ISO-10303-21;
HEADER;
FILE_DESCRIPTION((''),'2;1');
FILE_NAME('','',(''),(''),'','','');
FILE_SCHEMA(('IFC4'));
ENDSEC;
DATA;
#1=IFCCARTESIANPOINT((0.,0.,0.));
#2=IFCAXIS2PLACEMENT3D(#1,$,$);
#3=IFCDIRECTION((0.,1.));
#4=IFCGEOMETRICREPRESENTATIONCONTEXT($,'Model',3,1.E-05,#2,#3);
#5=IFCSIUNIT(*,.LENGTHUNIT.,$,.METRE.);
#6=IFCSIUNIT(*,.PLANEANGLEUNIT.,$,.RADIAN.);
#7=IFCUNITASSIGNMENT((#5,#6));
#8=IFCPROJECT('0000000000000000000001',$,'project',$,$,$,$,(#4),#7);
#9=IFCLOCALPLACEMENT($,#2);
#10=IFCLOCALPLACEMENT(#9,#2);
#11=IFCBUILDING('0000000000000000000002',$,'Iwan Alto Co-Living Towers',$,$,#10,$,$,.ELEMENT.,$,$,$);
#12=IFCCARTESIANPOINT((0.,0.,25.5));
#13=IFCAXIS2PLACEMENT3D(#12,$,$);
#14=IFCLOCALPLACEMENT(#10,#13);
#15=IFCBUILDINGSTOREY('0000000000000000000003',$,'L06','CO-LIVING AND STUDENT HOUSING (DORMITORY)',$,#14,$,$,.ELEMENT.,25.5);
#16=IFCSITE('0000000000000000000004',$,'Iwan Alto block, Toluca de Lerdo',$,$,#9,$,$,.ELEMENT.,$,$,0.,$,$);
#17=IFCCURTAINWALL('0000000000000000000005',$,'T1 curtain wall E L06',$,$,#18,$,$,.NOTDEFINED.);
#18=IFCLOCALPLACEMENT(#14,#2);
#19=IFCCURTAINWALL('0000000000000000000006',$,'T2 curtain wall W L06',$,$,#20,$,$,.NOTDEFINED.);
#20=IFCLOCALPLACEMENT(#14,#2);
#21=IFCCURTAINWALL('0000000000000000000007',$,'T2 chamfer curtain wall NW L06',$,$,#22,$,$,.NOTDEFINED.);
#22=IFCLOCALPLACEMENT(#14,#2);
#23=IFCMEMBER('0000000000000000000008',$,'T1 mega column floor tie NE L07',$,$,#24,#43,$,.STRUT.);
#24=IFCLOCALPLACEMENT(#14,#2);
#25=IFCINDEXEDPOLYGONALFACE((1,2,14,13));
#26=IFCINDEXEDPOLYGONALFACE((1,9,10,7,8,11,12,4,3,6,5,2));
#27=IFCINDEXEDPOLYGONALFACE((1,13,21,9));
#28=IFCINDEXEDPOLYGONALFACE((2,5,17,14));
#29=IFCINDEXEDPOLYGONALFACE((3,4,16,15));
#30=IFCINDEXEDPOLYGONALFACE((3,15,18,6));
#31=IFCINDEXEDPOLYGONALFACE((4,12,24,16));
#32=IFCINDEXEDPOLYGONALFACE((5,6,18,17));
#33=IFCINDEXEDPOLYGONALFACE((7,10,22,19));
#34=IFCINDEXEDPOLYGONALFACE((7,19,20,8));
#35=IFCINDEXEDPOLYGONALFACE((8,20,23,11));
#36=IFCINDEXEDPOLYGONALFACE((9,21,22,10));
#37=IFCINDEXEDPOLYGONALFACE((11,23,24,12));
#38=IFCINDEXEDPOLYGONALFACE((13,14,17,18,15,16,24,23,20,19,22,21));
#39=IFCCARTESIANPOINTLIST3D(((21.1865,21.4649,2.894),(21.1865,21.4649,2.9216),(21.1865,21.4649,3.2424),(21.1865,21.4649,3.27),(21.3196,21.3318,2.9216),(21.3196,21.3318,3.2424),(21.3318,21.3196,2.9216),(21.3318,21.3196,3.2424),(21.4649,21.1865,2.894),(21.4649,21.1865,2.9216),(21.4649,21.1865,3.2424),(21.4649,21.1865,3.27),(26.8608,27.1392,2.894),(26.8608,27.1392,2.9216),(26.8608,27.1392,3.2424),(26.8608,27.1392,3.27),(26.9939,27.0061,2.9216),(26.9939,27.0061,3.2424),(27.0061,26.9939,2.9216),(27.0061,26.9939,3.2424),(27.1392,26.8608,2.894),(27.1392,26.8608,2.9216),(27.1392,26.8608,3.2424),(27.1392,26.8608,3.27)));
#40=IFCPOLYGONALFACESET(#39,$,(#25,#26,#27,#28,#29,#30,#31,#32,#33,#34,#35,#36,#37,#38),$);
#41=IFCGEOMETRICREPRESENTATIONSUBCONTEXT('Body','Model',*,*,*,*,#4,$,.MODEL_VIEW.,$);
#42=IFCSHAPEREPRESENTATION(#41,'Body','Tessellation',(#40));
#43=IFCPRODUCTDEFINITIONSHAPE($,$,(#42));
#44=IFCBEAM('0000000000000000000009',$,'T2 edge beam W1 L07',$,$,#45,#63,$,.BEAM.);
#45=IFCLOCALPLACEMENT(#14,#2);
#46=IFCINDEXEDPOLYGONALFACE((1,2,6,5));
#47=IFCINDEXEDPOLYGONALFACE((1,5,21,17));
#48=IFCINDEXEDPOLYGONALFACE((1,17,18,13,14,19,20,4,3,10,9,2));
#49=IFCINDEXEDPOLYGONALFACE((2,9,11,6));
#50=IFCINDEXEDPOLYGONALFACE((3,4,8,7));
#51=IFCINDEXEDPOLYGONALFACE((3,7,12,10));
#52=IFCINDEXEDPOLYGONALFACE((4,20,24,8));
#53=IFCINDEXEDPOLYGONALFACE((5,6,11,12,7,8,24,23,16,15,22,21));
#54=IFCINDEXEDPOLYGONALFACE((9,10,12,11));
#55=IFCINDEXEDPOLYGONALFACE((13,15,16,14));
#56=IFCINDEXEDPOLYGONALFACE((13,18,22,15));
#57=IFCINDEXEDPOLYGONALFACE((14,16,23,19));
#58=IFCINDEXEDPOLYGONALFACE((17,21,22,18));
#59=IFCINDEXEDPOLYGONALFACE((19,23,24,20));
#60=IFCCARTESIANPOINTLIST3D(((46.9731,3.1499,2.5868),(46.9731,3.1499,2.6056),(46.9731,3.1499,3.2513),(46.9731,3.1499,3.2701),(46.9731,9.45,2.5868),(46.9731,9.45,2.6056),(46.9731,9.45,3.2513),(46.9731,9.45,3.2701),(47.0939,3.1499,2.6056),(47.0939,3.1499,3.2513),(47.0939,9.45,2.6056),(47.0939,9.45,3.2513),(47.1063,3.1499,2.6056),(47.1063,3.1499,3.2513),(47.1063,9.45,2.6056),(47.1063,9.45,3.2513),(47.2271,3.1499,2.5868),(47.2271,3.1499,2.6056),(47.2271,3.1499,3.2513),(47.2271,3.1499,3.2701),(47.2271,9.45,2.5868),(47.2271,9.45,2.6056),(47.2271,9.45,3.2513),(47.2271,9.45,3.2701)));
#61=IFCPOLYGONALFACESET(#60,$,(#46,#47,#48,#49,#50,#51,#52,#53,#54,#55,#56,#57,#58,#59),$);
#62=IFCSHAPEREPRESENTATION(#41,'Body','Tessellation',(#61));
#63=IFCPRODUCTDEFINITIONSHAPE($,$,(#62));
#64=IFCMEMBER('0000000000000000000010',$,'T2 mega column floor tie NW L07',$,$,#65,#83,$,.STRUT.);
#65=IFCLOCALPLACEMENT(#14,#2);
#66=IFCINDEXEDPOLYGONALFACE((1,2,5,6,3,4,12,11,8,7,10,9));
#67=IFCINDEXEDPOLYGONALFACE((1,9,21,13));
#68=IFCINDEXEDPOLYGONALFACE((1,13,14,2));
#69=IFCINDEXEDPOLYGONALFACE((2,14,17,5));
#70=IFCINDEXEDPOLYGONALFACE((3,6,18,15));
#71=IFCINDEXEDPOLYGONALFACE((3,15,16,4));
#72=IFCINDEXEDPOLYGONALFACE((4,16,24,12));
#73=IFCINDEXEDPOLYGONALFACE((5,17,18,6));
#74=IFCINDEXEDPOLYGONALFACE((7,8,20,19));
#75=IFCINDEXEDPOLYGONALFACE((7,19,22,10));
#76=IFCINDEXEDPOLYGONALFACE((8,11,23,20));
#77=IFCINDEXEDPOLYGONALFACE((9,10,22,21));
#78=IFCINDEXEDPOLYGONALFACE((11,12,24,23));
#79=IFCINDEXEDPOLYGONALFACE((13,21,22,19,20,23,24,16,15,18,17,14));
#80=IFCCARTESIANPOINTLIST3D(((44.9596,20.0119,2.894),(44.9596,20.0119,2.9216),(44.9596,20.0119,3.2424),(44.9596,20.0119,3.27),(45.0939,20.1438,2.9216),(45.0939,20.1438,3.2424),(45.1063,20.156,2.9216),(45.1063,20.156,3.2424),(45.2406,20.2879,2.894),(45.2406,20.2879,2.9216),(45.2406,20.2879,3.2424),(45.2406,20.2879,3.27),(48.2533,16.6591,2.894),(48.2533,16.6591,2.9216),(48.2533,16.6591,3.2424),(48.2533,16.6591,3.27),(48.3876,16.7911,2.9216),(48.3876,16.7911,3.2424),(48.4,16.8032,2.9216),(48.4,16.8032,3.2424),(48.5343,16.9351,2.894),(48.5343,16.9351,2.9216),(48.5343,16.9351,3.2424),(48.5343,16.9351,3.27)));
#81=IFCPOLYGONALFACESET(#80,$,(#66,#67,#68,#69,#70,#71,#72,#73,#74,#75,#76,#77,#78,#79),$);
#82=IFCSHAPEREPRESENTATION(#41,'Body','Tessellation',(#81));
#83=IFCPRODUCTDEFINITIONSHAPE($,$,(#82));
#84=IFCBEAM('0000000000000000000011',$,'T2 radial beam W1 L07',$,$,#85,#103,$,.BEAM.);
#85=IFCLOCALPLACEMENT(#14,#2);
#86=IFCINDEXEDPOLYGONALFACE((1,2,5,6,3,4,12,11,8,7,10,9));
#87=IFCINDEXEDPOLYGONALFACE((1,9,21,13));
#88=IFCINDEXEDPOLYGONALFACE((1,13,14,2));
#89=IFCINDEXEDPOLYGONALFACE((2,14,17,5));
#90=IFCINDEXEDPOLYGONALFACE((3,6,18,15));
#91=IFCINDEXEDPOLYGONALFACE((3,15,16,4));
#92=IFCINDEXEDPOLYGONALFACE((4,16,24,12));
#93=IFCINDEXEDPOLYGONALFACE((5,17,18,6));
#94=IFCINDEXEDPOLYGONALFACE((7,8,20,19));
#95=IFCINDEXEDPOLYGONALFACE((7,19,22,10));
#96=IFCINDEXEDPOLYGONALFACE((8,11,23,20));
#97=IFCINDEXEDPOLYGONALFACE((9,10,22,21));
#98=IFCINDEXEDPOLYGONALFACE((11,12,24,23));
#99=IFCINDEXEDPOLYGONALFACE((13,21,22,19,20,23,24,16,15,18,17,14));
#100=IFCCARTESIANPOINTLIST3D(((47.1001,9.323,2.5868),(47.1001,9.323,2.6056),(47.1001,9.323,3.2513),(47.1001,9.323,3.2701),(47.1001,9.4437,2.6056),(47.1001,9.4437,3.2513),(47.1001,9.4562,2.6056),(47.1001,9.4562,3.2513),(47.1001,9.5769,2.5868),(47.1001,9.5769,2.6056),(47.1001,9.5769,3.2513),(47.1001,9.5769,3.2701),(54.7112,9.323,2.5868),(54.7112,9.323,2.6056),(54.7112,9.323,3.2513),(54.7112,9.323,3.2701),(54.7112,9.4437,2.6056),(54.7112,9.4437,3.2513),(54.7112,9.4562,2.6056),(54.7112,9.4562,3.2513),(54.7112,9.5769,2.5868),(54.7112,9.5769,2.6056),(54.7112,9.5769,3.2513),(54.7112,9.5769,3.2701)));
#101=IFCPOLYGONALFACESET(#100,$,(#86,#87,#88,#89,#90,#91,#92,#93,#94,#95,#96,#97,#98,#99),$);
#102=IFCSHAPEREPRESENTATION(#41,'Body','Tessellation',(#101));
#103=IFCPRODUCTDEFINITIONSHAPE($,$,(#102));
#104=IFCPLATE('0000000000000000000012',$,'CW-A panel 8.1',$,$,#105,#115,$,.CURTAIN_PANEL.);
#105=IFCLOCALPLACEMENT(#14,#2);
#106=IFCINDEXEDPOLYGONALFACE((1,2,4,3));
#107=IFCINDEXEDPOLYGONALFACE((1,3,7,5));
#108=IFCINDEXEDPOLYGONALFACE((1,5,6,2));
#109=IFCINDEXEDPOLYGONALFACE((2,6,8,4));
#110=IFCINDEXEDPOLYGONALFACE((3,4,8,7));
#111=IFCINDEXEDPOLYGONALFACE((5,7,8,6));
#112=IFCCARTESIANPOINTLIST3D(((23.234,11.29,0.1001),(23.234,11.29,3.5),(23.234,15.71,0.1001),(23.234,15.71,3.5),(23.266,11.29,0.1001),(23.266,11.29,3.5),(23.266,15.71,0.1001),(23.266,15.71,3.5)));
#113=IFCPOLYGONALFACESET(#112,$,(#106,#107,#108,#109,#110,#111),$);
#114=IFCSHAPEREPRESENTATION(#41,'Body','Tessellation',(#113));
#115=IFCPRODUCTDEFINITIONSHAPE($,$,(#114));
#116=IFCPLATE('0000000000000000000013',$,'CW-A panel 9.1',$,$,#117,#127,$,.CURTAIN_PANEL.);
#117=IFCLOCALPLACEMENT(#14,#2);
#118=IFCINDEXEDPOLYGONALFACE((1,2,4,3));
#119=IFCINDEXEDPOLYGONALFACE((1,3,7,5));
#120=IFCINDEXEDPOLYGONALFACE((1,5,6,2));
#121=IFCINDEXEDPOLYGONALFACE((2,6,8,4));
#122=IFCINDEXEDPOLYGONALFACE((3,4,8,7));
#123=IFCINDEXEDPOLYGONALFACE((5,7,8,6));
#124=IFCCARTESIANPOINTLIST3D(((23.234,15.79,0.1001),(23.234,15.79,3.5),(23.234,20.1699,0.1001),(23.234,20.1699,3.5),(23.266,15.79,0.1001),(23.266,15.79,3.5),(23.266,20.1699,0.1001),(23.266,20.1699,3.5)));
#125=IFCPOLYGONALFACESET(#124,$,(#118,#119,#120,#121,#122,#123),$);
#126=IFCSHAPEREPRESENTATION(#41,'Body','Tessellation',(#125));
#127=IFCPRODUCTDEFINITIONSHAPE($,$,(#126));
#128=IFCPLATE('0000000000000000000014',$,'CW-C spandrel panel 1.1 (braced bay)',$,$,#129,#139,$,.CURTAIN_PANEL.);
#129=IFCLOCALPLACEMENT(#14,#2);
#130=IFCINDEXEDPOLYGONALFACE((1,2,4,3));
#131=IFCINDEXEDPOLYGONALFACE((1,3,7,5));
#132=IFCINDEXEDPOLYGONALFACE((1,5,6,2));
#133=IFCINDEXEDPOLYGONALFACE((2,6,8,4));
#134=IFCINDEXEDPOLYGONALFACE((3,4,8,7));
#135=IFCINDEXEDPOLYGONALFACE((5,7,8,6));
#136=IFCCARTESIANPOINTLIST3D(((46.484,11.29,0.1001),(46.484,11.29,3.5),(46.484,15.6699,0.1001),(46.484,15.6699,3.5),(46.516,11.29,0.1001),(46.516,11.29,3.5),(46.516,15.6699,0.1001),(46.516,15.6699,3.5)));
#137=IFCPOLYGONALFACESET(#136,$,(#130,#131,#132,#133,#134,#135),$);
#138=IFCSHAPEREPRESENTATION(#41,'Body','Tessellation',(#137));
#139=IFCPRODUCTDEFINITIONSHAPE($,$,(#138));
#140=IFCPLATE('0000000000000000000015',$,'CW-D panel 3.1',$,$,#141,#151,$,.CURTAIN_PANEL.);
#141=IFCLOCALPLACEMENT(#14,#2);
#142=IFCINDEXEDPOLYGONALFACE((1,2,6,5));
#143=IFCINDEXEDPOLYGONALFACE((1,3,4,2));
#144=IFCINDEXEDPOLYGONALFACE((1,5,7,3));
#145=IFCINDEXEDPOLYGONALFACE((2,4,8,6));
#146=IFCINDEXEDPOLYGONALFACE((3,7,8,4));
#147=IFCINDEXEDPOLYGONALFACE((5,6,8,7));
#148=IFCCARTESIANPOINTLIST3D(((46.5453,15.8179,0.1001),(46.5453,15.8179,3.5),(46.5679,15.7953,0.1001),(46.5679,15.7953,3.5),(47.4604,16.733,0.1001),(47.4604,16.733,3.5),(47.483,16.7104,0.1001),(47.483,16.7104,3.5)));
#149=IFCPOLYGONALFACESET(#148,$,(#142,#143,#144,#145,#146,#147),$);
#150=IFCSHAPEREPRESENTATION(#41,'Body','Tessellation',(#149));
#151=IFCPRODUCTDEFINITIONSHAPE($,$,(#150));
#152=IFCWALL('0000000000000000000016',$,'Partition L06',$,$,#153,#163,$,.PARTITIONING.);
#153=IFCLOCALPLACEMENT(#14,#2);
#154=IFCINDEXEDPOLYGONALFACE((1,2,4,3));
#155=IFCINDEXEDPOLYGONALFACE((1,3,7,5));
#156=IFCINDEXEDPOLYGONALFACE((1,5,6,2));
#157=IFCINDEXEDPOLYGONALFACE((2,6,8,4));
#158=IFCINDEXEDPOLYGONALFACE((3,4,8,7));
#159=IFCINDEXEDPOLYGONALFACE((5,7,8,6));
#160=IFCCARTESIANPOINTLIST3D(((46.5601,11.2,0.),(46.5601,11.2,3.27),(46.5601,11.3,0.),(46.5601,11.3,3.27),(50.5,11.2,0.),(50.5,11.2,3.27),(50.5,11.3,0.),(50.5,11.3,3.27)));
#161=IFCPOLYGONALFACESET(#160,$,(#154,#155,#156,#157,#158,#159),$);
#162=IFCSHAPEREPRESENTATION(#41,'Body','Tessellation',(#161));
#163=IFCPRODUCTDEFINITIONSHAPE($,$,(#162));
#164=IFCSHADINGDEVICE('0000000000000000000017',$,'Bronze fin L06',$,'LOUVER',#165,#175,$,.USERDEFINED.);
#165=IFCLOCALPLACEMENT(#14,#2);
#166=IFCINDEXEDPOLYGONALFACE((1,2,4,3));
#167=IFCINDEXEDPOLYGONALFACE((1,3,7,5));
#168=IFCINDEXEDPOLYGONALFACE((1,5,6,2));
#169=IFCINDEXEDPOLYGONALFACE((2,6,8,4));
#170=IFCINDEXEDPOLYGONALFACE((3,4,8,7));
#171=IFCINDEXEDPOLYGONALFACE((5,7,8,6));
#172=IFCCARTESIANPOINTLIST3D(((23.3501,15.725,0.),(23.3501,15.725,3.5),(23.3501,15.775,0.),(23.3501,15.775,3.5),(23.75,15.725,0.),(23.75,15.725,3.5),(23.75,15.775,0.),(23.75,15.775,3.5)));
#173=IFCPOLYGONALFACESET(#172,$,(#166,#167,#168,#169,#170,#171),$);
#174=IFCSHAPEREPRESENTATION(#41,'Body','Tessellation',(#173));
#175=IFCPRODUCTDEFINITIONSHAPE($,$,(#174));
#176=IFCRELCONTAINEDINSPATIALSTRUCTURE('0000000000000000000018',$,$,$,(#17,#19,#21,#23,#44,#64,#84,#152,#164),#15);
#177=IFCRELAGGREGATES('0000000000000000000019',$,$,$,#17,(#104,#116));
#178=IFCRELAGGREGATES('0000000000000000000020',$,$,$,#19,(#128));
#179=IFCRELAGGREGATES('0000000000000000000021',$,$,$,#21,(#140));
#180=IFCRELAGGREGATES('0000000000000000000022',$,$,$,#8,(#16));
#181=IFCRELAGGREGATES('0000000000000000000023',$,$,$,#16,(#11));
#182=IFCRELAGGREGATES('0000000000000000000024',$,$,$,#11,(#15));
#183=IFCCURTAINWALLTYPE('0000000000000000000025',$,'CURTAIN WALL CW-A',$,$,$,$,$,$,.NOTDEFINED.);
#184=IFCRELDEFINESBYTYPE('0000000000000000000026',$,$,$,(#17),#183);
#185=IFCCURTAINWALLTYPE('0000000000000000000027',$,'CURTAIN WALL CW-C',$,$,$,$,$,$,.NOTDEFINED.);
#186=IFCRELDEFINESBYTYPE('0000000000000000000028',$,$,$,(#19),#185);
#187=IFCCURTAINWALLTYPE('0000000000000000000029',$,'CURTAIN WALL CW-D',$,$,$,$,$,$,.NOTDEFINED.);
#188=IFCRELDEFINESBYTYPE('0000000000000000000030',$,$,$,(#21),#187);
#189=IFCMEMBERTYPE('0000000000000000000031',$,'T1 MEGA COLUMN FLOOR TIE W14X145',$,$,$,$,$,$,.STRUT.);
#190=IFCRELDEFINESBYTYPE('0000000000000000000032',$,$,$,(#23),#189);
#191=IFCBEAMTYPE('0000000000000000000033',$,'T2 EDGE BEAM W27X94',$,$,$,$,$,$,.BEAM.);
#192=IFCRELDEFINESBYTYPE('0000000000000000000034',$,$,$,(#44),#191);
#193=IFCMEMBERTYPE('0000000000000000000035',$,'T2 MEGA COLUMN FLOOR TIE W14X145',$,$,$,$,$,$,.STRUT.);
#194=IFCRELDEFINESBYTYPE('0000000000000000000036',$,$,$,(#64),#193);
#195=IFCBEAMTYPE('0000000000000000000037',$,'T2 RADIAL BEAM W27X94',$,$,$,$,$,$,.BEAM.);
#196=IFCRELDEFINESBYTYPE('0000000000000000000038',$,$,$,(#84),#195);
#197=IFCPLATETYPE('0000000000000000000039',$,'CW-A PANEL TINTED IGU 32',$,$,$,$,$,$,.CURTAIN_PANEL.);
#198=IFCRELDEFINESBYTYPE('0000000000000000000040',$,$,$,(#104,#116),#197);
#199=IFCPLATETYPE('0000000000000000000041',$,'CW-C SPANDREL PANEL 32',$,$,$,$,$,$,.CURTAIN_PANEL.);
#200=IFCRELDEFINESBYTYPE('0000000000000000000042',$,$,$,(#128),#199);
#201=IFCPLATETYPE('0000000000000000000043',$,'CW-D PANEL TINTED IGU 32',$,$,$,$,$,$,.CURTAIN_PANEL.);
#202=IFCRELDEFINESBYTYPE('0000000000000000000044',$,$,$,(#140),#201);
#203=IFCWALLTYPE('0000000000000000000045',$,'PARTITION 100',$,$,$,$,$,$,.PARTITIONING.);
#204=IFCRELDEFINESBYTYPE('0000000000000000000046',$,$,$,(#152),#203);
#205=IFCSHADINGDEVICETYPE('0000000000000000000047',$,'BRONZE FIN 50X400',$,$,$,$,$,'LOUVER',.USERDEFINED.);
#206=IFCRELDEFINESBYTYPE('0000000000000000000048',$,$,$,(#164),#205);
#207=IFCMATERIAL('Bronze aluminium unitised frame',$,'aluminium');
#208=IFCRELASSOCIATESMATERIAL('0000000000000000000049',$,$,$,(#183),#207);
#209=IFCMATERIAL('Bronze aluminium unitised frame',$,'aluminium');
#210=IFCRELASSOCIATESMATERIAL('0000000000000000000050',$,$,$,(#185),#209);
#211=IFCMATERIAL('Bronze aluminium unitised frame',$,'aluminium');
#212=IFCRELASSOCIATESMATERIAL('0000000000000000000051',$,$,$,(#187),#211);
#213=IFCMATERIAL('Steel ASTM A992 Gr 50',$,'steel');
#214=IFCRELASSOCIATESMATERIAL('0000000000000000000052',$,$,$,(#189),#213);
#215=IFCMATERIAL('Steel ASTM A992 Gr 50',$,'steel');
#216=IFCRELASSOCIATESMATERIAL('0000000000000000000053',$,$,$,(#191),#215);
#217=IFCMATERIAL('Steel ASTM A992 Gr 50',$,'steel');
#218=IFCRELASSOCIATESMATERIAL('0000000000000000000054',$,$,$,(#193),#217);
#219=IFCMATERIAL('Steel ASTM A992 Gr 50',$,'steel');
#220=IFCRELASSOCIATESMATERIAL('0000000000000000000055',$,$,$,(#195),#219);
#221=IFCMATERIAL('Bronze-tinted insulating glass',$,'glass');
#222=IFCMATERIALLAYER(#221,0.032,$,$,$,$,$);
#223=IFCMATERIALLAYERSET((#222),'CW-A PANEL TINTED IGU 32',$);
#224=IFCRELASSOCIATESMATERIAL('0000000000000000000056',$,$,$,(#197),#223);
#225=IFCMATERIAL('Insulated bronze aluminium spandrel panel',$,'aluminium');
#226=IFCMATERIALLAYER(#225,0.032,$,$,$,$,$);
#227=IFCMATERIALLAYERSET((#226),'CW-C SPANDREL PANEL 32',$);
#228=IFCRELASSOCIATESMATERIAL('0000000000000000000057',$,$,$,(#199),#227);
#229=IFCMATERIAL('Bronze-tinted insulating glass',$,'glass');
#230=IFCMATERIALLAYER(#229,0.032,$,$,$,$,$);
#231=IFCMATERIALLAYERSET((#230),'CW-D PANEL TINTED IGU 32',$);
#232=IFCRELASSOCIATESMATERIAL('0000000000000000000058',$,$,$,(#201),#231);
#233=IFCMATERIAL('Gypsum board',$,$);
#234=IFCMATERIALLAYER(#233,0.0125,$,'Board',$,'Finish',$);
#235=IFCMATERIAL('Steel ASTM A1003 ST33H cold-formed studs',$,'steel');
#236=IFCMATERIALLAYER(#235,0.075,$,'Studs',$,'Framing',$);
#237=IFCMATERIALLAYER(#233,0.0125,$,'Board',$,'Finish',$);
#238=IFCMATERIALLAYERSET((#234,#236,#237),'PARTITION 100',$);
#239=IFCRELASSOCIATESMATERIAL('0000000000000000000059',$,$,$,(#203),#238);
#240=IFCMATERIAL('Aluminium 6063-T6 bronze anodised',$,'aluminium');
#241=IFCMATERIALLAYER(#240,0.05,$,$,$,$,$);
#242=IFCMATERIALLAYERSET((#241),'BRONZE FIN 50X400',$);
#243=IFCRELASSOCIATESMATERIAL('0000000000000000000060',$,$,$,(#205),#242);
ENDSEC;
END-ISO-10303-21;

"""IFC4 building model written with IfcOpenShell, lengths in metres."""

from ifc_helpers import new_model, si_unit, direction, frame, frame_2d, origin, origin_2d, place, context, subcontext, project, spatial, rectangle, i_section, extrude, material, layer, layer_set, material_profile, profile_set, type_object, element, aggregate, save


model = new_model("IFC4")

# Units and contexts
model_context = context("Model", 3, precision=1e-05, world=origin(), true_north=direction((0.0, 1.0)))
body_context = subcontext(model_context, "Body", "Model", "MODEL_VIEW")
ifc_project = project(units=[si_unit("LENGTHUNIT", "METRE"), si_unit("PLANEANGLEUNIT", "RADIAN")], contexts=[model_context])

# Site, building, storey
site_placement = place(None, origin())
site = spatial("IfcSite", under=ifc_project, at=site_placement, Name="Iwan Alto block, Toluca de Lerdo", CompositionType="ELEMENT", RefElevation=0.0)
building_placement = place(site_placement, origin())
building = spatial("IfcBuilding", under=site, at=building_placement, Name="Iwan Alto Co-Living Towers", CompositionType="ELEMENT")
storey_placement = place(building_placement, frame((0.0, 0.0, 25.5)))
storey = spatial("IfcBuildingStorey", under=building, at=storey_placement, Name="L06", Description="CO-LIVING AND STUDENT HOUSING (DORMITORY)", CompositionType="ELEMENT", Elevation=25.5)

# Curtain walls
ifc_material_1 = material(Name="Bronze aluminium unitised frame", Category="aluminium")
curtain_wall_type_1 = type_object("IfcCurtainWallType", Name="CURTAIN WALL CW-A", PredefinedType="NOTDEFINED", material=ifc_material_1)
curtain_wall_1_placement = place(storey_placement, origin())
curtain_wall_1 = element("IfcCurtainWall", 1, at=curtain_wall_1_placement, inside=storey, type_object=curtain_wall_type_1, Name="T1 curtain wall E L06", PredefinedType="NOTDEFINED")
ifc_material_2 = material(Name="Bronze aluminium unitised frame", Category="aluminium")
curtain_wall_type_2 = type_object("IfcCurtainWallType", Name="CURTAIN WALL CW-C", PredefinedType="NOTDEFINED", material=ifc_material_2)
curtain_wall_2_placement = place(storey_placement, origin())
curtain_wall_2 = element("IfcCurtainWall", 2, at=curtain_wall_2_placement, inside=storey, type_object=curtain_wall_type_2, Name="T2 curtain wall W L06", PredefinedType="NOTDEFINED")

# Curtain wall
ifc_material_3 = material(Name="Bronze aluminium unitised frame", Category="aluminium")
curtain_wall_type_3 = type_object("IfcCurtainWallType", Name="CURTAIN WALL CW-D", PredefinedType="NOTDEFINED", material=ifc_material_3)
curtain_wall_3_placement = place(storey_placement, origin())
curtain_wall_3 = element("IfcCurtainWall", 3, at=curtain_wall_3_placement, inside=storey, type_object=curtain_wall_type_3, Name="T2 chamfer curtain wall NW L06", PredefinedType="NOTDEFINED")

# Member
ifc_material_4 = material(Name="Steel ASTM A992 Gr 50", Category="steel")
ifc_material_profile_1 = material_profile(ifc_material_4, i_section(OverallWidth=0.3938, OverallDepth=0.376, WebThickness=0.0173, FlangeThickness=0.0276, at=origin_2d()), Name="W14X145")
ifc_profile_set_1 = profile_set([ifc_material_profile_1], Name="Steel ASTM A992 Gr 50")
member_type_1 = type_object("IfcMemberType", Name="T1 MEGA COLUMN FLOOR TIE W14X145", PredefinedType="STRUT", material=ifc_profile_set_1)
member_1_placement = place(storey_placement, frame((27.0, 27.0, 3.082), z_axis=(-0.707107, -0.707107, 0.0), x_axis=(0.707107, -0.707107, 0.0)))
element("IfcMember", 4, at=member_1_placement, inside=storey, type_object=member_type_1, Name="T1 mega column floor tie NE L07", PredefinedType="STRUT", context=body_context, shape_type="SweptSolid", body=[
    extrude(i_section(OverallWidth=0.3938, OverallDepth=0.376, WebThickness=0.0173, FlangeThickness=0.0276, at=origin_2d()), origin(), (0.0, 0.0, 1.0), 8.0247),
])

# Beam
ifc_material_5 = material(Name="Steel ASTM A992 Gr 50", Category="steel")
ifc_material_profile_2 = material_profile(ifc_material_5, i_section(OverallWidth=0.2539, OverallDepth=0.6833, WebThickness=0.0125, FlangeThickness=0.0188, at=origin_2d()), Name="W27X94")
ifc_profile_set_2 = profile_set([ifc_material_profile_2], Name="Steel ASTM A992 Gr 50")
beam_type_1 = type_object("IfcBeamType", Name="T2 EDGE BEAM W27X94", PredefinedType="BEAM", material=ifc_profile_set_2)
beam_1_placement = place(storey_placement, frame((47.1001, 9.45, 2.9285), z_axis=(0.0, -1.0, 0.0), x_axis=(1.0, 0.0, 0.0)))
element("IfcBeam", 5, at=beam_1_placement, inside=storey, type_object=beam_type_1, Name="T2 edge beam W1 L07", PredefinedType="BEAM", context=body_context, shape_type="SweptSolid", body=[
    extrude(i_section(OverallWidth=0.2539, OverallDepth=0.6833, WebThickness=0.0125, FlangeThickness=0.0188, at=origin_2d()), origin(), (0.0, 0.0, 1.0), 6.3),
])

# Member
ifc_material_6 = material(Name="Steel ASTM A992 Gr 50", Category="steel")
ifc_material_profile_3 = material_profile(ifc_material_6, i_section(OverallWidth=0.3938, OverallDepth=0.376, WebThickness=0.0173, FlangeThickness=0.0276, at=origin_2d()), Name="W14X145")
ifc_profile_set_3 = profile_set([ifc_material_profile_3], Name="Steel ASTM A992 Gr 50")
member_type_2 = type_object("IfcMemberType", Name="T2 MEGA COLUMN FLOOR TIE W14X145", PredefinedType="STRUT", material=ifc_profile_set_3)
member_2_placement = place(storey_placement, frame((45.1001, 20.1499, 3.082), z_axis=(0.700793, -0.713364, 0.0), x_axis=(0.713364, 0.700793, 0.0)))
element("IfcMember", 6, at=member_2_placement, inside=storey, type_object=member_type_2, Name="T2 mega column floor tie NW L07", PredefinedType="STRUT", context=body_context, shape_type="SweptSolid", body=[
    extrude(i_section(OverallWidth=0.3938, OverallDepth=0.376, WebThickness=0.0173, FlangeThickness=0.0276, at=origin_2d()), origin(), (0.0, 0.0, 1.0), 4.7),
])

# Beam
ifc_material_7 = material(Name="Steel ASTM A992 Gr 50", Category="steel")
ifc_material_profile_4 = material_profile(ifc_material_7, i_section(OverallWidth=0.2539, OverallDepth=0.6833, WebThickness=0.0125, FlangeThickness=0.0188, at=origin_2d()), Name="W27X94")
ifc_profile_set_4 = profile_set([ifc_material_profile_4], Name="Steel ASTM A992 Gr 50")
beam_type_2 = type_object("IfcBeamType", Name="T2 RADIAL BEAM W27X94", PredefinedType="BEAM", material=ifc_profile_set_4)
beam_2_placement = place(storey_placement, frame((47.1001, 9.45, 2.9285), z_axis=(1.0, 0.0, 0.0), x_axis=(0.0, 1.0, 0.0)))
element("IfcBeam", 7, at=beam_2_placement, inside=storey, type_object=beam_type_2, Name="T2 radial beam W1 L07", PredefinedType="BEAM", context=body_context, shape_type="SweptSolid", body=[
    extrude(i_section(OverallWidth=0.2539, OverallDepth=0.6833, WebThickness=0.0125, FlangeThickness=0.0188, at=origin_2d()), origin(), (0.0, 0.0, 1.0), 7.6111),
])

# Plates
ifc_material_8 = material(Name="Bronze-tinted insulating glass", Category="glass")
ifc_layer_1 = layer(ifc_material_8, 0.032)
ifc_layer_set_1 = layer_set([ifc_layer_1], Name="CW-A PANEL TINTED IGU 32")
plate_type_1 = type_object("IfcPlateType", Name="CW-A PANEL TINTED IGU 32", PredefinedType="CURTAIN_PANEL", material=ifc_layer_set_1)
plate_1_placement = place(storey_placement, frame((23.25, 13.5, 0.1001), z_axis=(0.0, 0.0, 1.0), x_axis=(0.0, 1.0, 0.0)))
plate_1 = element("IfcPlate", 8, at=plate_1_placement, type_object=plate_type_1, Name="CW-A panel 8.1", PredefinedType="CURTAIN_PANEL", context=body_context, shape_type="SweptSolid", body=[
    extrude(rectangle(XDim=4.4199, YDim=0.032, at=origin_2d()), origin(), (0.0, 0.0, 1.0), 3.3999),
])
plate_2_placement = place(storey_placement, frame((23.25, 17.98, 0.1001), z_axis=(0.0, 0.0, 1.0), x_axis=(0.0, 1.0, 0.0)))
plate_2 = element("IfcPlate", 9, at=plate_2_placement, type_object=plate_type_1, Name="CW-A panel 9.1", PredefinedType="CURTAIN_PANEL", context=body_context, shape_type="SweptSolid", body=[
    extrude(rectangle(XDim=4.3799, YDim=0.032, at=origin_2d()), origin(), (0.0, 0.0, 1.0), 3.3999),
])
aggregate(curtain_wall_1, [plate_1, plate_2])
ifc_material_9 = material(Name="Insulated bronze aluminium spandrel panel", Category="aluminium")
ifc_layer_2 = layer(ifc_material_9, 0.032)
ifc_layer_set_2 = layer_set([ifc_layer_2], Name="CW-C SPANDREL PANEL 32")
plate_type_2 = type_object("IfcPlateType", Name="CW-C SPANDREL PANEL 32", PredefinedType="CURTAIN_PANEL", material=ifc_layer_set_2)
plate_3_placement = place(storey_placement, frame((46.5, 13.48, 0.1001), z_axis=(0.0, 0.0, 1.0), x_axis=(0.0, -1.0, 0.0)))
plate_3 = element("IfcPlate", 10, at=plate_3_placement, type_object=plate_type_2, Name="CW-C spandrel panel 1.1 (braced bay)", PredefinedType="CURTAIN_PANEL", context=body_context, shape_type="SweptSolid", body=[
    extrude(rectangle(XDim=4.3799, YDim=0.032, at=origin_2d()), origin(), (0.0, 0.0, 1.0), 3.3999),
])
aggregate(curtain_wall_2, [plate_3])
ifc_material_10 = material(Name="Bronze-tinted insulating glass", Category="glass")
ifc_layer_3 = layer(ifc_material_10, 0.032)
ifc_layer_set_3 = layer_set([ifc_layer_3], Name="CW-D PANEL TINTED IGU 32")
plate_type_3 = type_object("IfcPlateType", Name="CW-D PANEL TINTED IGU 32", PredefinedType="CURTAIN_PANEL", material=ifc_layer_set_3)
plate_4_placement = place(storey_placement, frame((47.0142, 16.2642, 0.1001), z_axis=(0.0, 0.0, 1.0), x_axis=(-0.707107, -0.707107, 0.0)))
plate_4 = element("IfcPlate", 11, at=plate_4_placement, type_object=plate_type_3, Name="CW-D panel 3.1", PredefinedType="CURTAIN_PANEL", context=body_context, shape_type="SweptSolid", body=[
    extrude(rectangle(XDim=1.2942, YDim=0.032, at=origin_2d()), origin(), (0.0, 0.0, 1.0), 3.3999),
])
aggregate(curtain_wall_3, [plate_4])

# Wall
ifc_material_11 = material(Name="Gypsum board")
ifc_layer_4 = layer(ifc_material_11, 0.0125, Name="Board", Category="Finish")
ifc_material_12 = material(Name="Steel ASTM A1003 ST33H cold-formed studs", Category="steel")
ifc_layer_5 = layer(ifc_material_12, 0.075, Name="Studs", Category="Framing")
ifc_layer_6 = layer(ifc_material_11, 0.0125, Name="Board", Category="Finish")
ifc_layer_set_4 = layer_set([ifc_layer_4, ifc_layer_5, ifc_layer_6], Name="PARTITION 100")
wall_type = type_object("IfcWallType", Name="PARTITION 100", PredefinedType="PARTITIONING", material=ifc_layer_set_4)
wall_placement = place(storey_placement, frame((46.5601, 11.25, 0.0), z_axis=(0.0, 0.0, 1.0), x_axis=(1.0, 0.0, 0.0)))
element("IfcWall", 12, at=wall_placement, inside=storey, type_object=wall_type, Name="Partition L06", PredefinedType="PARTITIONING", context=body_context, shape_type="SweptSolid", body=[
    extrude(rectangle(XDim=3.9399, YDim=0.1001, at=frame_2d((1.97, 0.0))), origin(), (0.0, 0.0, 1.0), 3.27),
])

# Shading device
ifc_material_13 = material(Name="Aluminium 6063-T6 bronze anodised", Category="aluminium")
ifc_layer_7 = layer(ifc_material_13, 0.05)
ifc_layer_set_5 = layer_set([ifc_layer_7], Name="BRONZE FIN 50X400")
shading_device_type = type_object("IfcShadingDeviceType", Name="BRONZE FIN 50X400", ElementType="LOUVER", PredefinedType="USERDEFINED", material=ifc_layer_set_5)
shading_device_placement = place(storey_placement, frame((23.55, 15.75, 0.0), z_axis=(0.0, 0.0, 1.0), x_axis=(0.0, 1.0, 0.0)))
element("IfcShadingDevice", 13, at=shading_device_placement, inside=storey, type_object=shading_device_type, Name="Bronze fin L06", ObjectType="LOUVER", PredefinedType="USERDEFINED", context=body_context, shape_type="SweptSolid", body=[
    extrude(rectangle(XDim=0.05, YDim=0.3999, at=origin_2d()), origin(), (0.0, 0.0, 1.0), 3.5),
])

save(model, "model.ifc")
